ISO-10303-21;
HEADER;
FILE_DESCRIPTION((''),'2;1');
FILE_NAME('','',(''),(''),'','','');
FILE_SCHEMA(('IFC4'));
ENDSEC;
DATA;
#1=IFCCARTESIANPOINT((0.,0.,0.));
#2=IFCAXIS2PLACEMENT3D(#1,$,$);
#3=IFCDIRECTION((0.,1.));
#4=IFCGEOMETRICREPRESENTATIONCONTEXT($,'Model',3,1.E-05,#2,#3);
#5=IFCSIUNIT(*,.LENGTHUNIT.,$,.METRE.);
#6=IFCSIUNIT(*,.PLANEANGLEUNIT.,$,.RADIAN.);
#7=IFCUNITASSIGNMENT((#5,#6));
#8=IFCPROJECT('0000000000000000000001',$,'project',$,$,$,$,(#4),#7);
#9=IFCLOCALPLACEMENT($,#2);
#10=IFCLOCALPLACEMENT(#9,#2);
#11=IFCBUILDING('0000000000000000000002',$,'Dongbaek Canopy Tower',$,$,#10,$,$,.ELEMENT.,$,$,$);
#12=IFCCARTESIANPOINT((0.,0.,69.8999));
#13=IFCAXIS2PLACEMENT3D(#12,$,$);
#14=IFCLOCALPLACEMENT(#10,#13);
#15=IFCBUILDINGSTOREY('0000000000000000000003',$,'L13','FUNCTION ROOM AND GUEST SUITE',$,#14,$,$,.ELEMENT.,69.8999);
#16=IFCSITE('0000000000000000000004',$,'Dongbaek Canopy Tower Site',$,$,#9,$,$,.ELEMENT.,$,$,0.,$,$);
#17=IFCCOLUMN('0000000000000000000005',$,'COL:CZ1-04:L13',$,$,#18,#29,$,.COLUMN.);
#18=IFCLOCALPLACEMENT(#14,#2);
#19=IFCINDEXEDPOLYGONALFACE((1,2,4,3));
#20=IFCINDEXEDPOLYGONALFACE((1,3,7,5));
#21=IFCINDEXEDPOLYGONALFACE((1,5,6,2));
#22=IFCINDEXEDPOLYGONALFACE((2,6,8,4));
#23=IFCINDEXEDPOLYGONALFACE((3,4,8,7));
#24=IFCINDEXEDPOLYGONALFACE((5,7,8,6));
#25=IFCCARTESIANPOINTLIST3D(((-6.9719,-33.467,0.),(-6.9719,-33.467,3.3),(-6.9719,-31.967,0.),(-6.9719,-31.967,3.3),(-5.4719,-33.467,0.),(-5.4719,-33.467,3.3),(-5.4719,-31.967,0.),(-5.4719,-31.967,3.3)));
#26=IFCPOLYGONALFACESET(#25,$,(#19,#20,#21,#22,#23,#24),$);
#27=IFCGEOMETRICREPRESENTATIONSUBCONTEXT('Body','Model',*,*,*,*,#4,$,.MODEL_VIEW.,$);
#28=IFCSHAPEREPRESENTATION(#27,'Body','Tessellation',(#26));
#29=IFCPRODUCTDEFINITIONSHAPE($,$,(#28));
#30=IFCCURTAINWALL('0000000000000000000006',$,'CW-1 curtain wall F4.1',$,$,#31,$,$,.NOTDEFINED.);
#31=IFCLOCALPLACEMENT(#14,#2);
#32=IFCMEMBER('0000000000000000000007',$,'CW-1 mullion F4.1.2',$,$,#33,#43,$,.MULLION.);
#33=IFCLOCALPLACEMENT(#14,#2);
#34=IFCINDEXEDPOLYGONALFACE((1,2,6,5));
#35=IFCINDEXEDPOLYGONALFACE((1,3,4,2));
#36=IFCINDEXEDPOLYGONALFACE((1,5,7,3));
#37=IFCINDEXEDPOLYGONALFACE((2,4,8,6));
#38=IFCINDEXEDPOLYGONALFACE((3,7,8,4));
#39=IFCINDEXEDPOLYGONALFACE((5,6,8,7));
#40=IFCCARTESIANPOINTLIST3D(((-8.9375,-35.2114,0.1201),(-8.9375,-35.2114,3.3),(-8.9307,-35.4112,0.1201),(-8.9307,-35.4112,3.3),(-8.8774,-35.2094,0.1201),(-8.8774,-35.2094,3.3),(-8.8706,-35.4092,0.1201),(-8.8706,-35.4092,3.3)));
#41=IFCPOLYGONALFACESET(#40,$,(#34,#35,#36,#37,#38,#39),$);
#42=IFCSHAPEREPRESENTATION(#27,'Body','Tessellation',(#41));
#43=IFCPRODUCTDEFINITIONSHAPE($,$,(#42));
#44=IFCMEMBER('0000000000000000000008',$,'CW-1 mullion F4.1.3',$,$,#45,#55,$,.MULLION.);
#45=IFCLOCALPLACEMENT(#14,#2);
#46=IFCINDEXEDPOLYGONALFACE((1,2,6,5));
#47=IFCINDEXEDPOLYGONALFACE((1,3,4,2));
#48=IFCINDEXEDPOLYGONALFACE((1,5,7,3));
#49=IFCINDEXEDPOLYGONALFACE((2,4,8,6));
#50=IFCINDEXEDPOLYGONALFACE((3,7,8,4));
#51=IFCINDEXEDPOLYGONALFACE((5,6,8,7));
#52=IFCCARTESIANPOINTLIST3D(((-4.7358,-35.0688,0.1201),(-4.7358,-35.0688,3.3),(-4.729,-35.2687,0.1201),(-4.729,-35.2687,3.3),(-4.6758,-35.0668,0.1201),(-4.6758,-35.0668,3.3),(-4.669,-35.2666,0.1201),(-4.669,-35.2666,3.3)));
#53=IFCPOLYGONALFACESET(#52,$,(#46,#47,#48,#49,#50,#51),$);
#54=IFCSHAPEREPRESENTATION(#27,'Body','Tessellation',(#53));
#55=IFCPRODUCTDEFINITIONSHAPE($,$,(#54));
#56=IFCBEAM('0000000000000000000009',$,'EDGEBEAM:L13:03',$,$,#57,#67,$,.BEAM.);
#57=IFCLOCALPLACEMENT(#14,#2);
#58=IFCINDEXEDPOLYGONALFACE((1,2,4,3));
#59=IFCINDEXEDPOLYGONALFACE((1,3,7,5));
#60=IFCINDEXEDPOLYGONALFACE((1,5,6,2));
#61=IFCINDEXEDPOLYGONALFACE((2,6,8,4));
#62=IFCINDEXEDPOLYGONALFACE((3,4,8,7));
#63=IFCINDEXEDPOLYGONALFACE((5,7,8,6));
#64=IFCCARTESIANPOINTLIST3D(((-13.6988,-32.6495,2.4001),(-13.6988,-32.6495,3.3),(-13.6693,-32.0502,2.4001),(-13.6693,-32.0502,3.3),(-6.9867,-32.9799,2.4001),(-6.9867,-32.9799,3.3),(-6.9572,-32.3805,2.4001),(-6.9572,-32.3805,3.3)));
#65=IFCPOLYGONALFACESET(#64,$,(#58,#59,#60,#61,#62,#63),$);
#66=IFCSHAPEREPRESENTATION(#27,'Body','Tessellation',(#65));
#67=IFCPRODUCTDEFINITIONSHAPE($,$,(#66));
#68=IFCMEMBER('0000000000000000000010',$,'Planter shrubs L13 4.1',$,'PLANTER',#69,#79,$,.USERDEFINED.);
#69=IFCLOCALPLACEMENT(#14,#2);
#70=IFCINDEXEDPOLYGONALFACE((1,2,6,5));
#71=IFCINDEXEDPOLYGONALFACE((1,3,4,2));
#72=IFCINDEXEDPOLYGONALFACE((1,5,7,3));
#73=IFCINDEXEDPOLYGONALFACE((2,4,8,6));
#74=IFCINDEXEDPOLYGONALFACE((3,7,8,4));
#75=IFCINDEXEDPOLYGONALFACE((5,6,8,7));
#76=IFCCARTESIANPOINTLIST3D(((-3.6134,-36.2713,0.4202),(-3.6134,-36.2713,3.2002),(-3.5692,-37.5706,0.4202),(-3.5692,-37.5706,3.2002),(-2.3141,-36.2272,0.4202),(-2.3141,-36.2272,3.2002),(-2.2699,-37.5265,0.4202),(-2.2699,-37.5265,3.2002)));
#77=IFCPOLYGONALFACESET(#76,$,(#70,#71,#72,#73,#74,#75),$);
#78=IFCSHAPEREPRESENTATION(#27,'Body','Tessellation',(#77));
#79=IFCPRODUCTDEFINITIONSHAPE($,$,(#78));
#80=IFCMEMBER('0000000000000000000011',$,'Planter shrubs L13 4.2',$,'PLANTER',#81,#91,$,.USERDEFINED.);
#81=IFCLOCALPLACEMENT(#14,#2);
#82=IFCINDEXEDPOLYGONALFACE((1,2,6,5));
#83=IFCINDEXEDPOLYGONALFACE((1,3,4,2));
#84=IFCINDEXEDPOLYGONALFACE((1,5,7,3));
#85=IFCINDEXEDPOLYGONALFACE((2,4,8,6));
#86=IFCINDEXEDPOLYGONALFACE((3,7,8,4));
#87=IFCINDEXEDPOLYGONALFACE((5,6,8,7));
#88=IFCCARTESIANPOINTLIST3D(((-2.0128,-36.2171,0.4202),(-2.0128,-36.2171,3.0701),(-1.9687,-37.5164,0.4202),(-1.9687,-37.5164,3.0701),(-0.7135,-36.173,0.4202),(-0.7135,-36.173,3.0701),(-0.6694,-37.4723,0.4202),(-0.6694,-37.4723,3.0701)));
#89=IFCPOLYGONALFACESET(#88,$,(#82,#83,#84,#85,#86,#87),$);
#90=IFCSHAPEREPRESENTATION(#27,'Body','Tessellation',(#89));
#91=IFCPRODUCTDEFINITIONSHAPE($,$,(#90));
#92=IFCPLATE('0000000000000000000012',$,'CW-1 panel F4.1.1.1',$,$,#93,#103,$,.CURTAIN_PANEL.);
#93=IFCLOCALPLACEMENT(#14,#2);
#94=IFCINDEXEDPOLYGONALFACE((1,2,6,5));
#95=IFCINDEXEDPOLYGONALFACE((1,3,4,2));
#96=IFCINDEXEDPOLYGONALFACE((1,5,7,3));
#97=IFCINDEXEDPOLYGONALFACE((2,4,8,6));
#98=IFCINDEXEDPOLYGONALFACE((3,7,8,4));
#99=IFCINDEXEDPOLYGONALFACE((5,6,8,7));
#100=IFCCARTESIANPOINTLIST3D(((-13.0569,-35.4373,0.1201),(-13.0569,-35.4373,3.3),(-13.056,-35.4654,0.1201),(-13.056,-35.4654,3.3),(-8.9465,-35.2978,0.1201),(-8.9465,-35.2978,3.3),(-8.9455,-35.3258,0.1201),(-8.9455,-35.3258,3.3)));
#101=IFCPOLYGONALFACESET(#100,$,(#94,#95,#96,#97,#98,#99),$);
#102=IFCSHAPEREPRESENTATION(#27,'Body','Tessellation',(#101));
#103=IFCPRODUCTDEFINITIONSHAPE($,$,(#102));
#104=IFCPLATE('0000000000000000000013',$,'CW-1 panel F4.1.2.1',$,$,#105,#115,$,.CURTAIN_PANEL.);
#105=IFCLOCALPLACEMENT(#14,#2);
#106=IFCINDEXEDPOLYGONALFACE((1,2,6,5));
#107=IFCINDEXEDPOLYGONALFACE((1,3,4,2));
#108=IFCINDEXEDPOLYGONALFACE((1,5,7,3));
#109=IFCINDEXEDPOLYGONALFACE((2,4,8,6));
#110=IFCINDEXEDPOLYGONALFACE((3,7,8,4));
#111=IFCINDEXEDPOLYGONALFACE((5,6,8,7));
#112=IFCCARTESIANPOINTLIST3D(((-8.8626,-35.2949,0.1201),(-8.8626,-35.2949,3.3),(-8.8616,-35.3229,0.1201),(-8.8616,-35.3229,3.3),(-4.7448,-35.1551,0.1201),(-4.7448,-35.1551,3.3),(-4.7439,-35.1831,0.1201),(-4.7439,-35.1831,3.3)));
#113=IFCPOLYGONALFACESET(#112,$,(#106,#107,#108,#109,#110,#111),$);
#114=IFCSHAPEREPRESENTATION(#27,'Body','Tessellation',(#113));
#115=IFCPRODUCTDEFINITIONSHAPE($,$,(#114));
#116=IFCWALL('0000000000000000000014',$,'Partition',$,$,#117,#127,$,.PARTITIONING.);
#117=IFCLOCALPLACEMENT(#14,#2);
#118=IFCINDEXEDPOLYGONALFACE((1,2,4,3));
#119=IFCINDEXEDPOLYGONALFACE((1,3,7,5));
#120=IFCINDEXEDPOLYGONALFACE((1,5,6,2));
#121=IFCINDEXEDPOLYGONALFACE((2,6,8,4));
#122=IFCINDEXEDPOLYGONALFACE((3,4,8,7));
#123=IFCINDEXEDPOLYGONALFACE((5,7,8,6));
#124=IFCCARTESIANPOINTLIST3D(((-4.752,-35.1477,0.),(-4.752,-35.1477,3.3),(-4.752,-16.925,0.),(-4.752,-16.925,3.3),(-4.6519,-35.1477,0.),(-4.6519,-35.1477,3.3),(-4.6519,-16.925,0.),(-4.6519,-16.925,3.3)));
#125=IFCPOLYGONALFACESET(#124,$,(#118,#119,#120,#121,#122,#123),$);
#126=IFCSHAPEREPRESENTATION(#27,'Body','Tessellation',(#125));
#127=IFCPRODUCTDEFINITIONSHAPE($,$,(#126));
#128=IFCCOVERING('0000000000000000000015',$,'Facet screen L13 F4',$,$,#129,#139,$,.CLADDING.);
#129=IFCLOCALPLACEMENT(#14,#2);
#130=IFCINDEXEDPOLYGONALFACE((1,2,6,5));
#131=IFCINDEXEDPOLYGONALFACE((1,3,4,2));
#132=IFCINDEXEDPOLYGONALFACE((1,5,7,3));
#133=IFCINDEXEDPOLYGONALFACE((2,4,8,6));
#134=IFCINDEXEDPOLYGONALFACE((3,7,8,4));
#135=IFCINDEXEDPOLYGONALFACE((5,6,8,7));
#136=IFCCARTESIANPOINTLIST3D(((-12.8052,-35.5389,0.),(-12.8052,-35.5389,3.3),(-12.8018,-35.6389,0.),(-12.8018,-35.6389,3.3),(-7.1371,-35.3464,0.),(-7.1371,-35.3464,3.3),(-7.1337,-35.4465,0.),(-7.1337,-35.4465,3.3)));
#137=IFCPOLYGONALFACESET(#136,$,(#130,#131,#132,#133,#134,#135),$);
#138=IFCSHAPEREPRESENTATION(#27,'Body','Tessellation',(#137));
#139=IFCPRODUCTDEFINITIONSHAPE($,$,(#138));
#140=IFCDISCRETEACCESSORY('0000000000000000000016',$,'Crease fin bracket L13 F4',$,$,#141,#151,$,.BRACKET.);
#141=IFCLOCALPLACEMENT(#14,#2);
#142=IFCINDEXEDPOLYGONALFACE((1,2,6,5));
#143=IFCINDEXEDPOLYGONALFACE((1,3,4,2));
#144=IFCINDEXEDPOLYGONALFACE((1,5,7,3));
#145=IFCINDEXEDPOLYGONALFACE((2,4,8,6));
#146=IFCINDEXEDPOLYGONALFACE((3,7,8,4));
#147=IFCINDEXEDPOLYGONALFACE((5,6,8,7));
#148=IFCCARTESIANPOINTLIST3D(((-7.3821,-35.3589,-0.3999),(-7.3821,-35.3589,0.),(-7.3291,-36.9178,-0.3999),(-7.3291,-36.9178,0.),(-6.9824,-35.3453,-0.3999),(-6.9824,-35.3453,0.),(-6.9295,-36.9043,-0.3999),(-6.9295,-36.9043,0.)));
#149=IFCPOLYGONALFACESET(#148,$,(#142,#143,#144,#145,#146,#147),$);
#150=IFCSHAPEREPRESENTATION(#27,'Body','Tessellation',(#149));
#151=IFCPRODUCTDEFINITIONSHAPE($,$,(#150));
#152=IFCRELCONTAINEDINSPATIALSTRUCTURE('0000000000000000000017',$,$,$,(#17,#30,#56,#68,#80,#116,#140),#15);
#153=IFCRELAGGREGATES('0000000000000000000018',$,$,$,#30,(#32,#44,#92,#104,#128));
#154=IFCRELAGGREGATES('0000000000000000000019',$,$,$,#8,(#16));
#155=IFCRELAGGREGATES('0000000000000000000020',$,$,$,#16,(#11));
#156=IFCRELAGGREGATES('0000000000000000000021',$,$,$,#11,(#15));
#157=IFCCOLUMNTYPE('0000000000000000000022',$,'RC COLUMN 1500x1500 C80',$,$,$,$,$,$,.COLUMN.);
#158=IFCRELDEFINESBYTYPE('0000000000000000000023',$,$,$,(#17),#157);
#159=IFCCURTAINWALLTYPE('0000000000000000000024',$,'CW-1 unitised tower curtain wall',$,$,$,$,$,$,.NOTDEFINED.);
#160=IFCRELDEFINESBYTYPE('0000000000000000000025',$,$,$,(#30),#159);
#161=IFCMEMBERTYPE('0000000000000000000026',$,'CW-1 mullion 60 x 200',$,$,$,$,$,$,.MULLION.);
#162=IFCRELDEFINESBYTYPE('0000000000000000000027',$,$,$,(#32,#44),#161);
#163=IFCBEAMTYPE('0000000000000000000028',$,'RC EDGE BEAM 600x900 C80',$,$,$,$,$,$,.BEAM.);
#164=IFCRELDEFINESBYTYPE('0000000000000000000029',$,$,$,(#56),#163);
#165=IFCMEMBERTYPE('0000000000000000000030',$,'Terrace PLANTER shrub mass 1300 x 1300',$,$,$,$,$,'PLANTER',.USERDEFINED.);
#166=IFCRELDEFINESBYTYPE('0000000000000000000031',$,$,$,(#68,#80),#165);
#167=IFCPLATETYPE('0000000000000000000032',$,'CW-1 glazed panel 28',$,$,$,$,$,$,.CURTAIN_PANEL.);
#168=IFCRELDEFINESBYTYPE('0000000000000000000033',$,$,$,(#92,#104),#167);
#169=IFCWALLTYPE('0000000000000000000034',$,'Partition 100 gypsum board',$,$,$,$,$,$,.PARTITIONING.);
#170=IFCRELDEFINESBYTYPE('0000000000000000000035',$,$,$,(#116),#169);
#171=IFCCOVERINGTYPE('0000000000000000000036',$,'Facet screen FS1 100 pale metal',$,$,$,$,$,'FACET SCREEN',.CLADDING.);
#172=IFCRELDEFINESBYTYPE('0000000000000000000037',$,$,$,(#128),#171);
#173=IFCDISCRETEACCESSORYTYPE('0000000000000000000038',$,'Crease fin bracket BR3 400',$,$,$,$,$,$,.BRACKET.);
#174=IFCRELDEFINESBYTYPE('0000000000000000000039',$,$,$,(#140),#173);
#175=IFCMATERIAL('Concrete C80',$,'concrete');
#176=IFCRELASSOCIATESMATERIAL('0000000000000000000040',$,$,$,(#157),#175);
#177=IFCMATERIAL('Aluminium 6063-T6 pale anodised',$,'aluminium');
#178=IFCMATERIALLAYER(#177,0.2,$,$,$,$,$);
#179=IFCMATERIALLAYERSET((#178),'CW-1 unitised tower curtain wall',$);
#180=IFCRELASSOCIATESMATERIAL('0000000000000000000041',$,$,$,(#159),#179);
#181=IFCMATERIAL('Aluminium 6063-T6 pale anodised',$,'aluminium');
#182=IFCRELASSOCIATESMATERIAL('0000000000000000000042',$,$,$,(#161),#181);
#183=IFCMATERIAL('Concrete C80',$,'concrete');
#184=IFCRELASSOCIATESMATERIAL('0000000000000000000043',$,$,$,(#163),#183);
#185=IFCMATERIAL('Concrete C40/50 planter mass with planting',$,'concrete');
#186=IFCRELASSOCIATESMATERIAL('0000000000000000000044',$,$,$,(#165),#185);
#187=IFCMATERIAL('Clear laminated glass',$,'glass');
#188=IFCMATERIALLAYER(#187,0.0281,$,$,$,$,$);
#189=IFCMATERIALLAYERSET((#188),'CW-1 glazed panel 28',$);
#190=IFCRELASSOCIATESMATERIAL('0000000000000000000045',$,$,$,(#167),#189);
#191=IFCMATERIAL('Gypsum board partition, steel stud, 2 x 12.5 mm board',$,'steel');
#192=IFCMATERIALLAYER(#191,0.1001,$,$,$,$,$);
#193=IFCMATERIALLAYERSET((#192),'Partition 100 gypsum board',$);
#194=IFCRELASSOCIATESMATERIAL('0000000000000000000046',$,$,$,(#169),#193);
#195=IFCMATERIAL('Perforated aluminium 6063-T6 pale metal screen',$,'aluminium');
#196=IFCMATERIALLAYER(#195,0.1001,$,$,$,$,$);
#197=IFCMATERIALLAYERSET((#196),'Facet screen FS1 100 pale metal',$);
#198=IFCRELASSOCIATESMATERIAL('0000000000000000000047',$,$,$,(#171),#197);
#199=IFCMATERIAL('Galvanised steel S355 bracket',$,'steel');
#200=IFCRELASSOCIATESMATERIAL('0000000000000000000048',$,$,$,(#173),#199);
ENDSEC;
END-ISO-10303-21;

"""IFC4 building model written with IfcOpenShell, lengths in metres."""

from ifc_helpers import new_model, si_unit, direction, frame, frame_2d, origin, origin_2d, place, context, subcontext, project, spatial, rectangle, extrude, material, layer, layer_set, material_profile, profile_set, type_object, element, aggregate, save


model = new_model("IFC4")

# Units and contexts
model_context = context("Model", 3, precision=1e-05, world=origin(), true_north=direction((0.0, 1.0)))
body_context = subcontext(model_context, "Body", "Model", "MODEL_VIEW")
ifc_project = project(units=[si_unit("LENGTHUNIT", "METRE"), si_unit("PLANEANGLEUNIT", "RADIAN")], contexts=[model_context])

# Site, building, storey
site_placement = place(None, origin())
site = spatial("IfcSite", under=ifc_project, at=site_placement, Name="Dongbaek Canopy Tower Site", CompositionType="ELEMENT", RefElevation=0.0)
building_placement = place(site_placement, origin())
building = spatial("IfcBuilding", under=site, at=building_placement, Name="Dongbaek Canopy Tower", CompositionType="ELEMENT")
storey_placement = place(building_placement, frame((0.0, 0.0, 69.8999)))
storey = spatial("IfcBuildingStorey", under=building, at=storey_placement, Name="L13", Description="FUNCTION ROOM AND GUEST SUITE", CompositionType="ELEMENT", Elevation=69.8999)

# Column
ifc_material_1 = material(Name="Concrete C80", Category="concrete")
ifc_material_profile_1 = material_profile(ifc_material_1, rectangle(XDim=1.5, YDim=1.5, at=origin_2d()), Name="RC COLUMN 1500x1500 C80")
ifc_profile_set_1 = profile_set([ifc_material_profile_1], Name="Concrete C80")
column_type = type_object("IfcColumnType", Name="RC COLUMN 1500x1500 C80", PredefinedType="COLUMN", material=ifc_profile_set_1)
column_placement = place(storey_placement, frame((-6.2219, -32.717, 0.0), z_axis=(0.0, 0.0, 1.0), x_axis=(1.0, 0.0, 0.0)))
element("IfcColumn", 1, at=column_placement, inside=storey, type_object=column_type, Name="COL:CZ1-04:L13", PredefinedType="COLUMN", context=body_context, shape_type="SweptSolid", body=[
    extrude(rectangle(XDim=1.5, YDim=1.5, at=origin_2d()), origin(), (0.0, 0.0, 1.0), 3.3),
])

# Curtain wall, members
ifc_material_2 = material(Name="Aluminium 6063-T6 pale anodised", Category="aluminium")
ifc_layer_1 = layer(ifc_material_2, 0.2)
ifc_layer_set_1 = layer_set([ifc_layer_1], Name="CW-1 unitised tower curtain wall")
curtain_wall_type = type_object("IfcCurtainWallType", Name="CW-1 unitised tower curtain wall", PredefinedType="NOTDEFINED", material=ifc_layer_set_1)
curtain_wall_placement = place(storey_placement, origin())
curtain_wall = element("IfcCurtainWall", 2, at=curtain_wall_placement, inside=storey, type_object=curtain_wall_type, Name="CW-1 curtain wall F4.1", PredefinedType="NOTDEFINED")
ifc_material_3 = material(Name="Aluminium 6063-T6 pale anodised", Category="aluminium")
ifc_material_profile_2 = material_profile(ifc_material_3, rectangle(XDim=0.2, YDim=0.0601, at=origin_2d()), Name="CW-1 mullion 60 x 200")
ifc_profile_set_2 = profile_set([ifc_material_profile_2], Name="Aluminium 6063-T6 pale anodised")
member_type_1 = type_object("IfcMemberType", Name="CW-1 mullion 60 x 200", PredefinedType="MULLION", material=ifc_profile_set_2)
member_1_placement = place(storey_placement, frame((-8.9041, -35.3103, 0.1201), z_axis=(0.0, 0.0, 1.0), x_axis=(0.033933, -0.999424, 0.0)))
member_1 = element("IfcMember", 3, at=member_1_placement, type_object=member_type_1, Name="CW-1 mullion F4.1.2", PredefinedType="MULLION", context=body_context, shape_type="SweptSolid", body=[
    extrude(rectangle(XDim=0.2, YDim=0.0601, at=origin_2d()), origin(), (0.0, 0.0, 1.0), 3.1799),
])
member_2_placement = place(storey_placement, frame((-4.7024, -35.1677, 0.1201), z_axis=(0.0, 0.0, 1.0), x_axis=(0.033933, -0.999424, 0.0)))
member_2 = element("IfcMember", 4, at=member_2_placement, type_object=member_type_1, Name="CW-1 mullion F4.1.3", PredefinedType="MULLION", context=body_context, shape_type="SweptSolid", body=[
    extrude(rectangle(XDim=0.2, YDim=0.0601, at=origin_2d()), origin(), (0.0, 0.0, 1.0), 3.1799),
])

# Beam
ifc_material_4 = material(Name="Concrete C80", Category="concrete")
ifc_material_profile_3 = material_profile(ifc_material_4, rectangle(XDim=0.6001, YDim=0.8999, at=origin_2d()), Name="RC EDGE BEAM 600x900 C80")
ifc_profile_set_3 = profile_set([ifc_material_profile_3], Name="Concrete C80")
beam_type = type_object("IfcBeamType", Name="RC EDGE BEAM 600x900 C80", PredefinedType="BEAM", material=ifc_profile_set_3)
beam_placement = place(storey_placement, frame((-6.9719, -32.6802, 2.8501), z_axis=(-0.998791, 0.049153, 0.0), x_axis=(-0.049153, -0.998791, 0.0)))
element("IfcBeam", 5, at=beam_placement, inside=storey, type_object=beam_type, Name="EDGEBEAM:L13:03", PredefinedType="BEAM", context=body_context, shape_type="SweptSolid", body=[
    extrude(rectangle(XDim=0.6001, YDim=0.8999, at=origin_2d()), origin(), (0.0, 0.0, 1.0), 6.7202),
])

# Members
ifc_material_5 = material(Name="Concrete C40/50 planter mass with planting", Category="concrete")
ifc_material_profile_4 = material_profile(ifc_material_5, rectangle(XDim=1.3, YDim=1.3, at=origin_2d()), Name="Terrace PLANTER shrub mass 1300 x 1300")
ifc_profile_set_4 = profile_set([ifc_material_profile_4], Name="Concrete C40/50 planter mass with planting")
member_type_2 = type_object("IfcMemberType", Name="Terrace PLANTER shrub mass 1300 x 1300", ElementType="PLANTER", PredefinedType="USERDEFINED", material=ifc_profile_set_4)
member_3_placement = place(storey_placement, frame((-2.9417, -36.8989, 0.4202), z_axis=(0.0, 0.0, 1.0), x_axis=(0.033933, -0.999424, 0.0)))
element("IfcMember", 6, at=member_3_placement, inside=storey, type_object=member_type_2, Name="Planter shrubs L13 4.1", ObjectType="PLANTER", PredefinedType="USERDEFINED", context=body_context, shape_type="SweptSolid", body=[
    extrude(rectangle(XDim=1.3, YDim=1.3, at=origin_2d()), origin(), (0.0, 0.0, 1.0), 2.78),
])
member_4_placement = place(storey_placement, frame((-1.3411, -36.8447, 0.4202), z_axis=(0.0, 0.0, 1.0), x_axis=(0.033933, -0.999424, 0.0)))
element("IfcMember", 7, at=member_4_placement, inside=storey, type_object=member_type_2, Name="Planter shrubs L13 4.2", ObjectType="PLANTER", PredefinedType="USERDEFINED", context=body_context, shape_type="SweptSolid", body=[
    extrude(rectangle(XDim=1.3, YDim=1.3, at=origin_2d()), origin(), (0.0, 0.0, 1.0), 2.6499),
])

# Plates
ifc_material_6 = material(Name="Clear laminated glass", Category="glass")
ifc_layer_2 = layer(ifc_material_6, 0.0281)
ifc_layer_set_2 = layer_set([ifc_layer_2], Name="CW-1 glazed panel 28")
plate_type = type_object("IfcPlateType", Name="CW-1 glazed panel 28", PredefinedType="CURTAIN_PANEL", material=ifc_layer_set_2)
plate_1_placement = place(storey_placement, frame((-11.0012, -35.3816, 0.1201), z_axis=(0.0, 0.0, 1.0), x_axis=(0.999424, 0.033933, 0.0)))
plate_1 = element("IfcPlate", 8, at=plate_1_placement, type_object=plate_type, Name="CW-1 panel F4.1.1.1", PredefinedType="CURTAIN_PANEL", context=body_context, shape_type="SweptSolid", body=[
    extrude(rectangle(XDim=4.1128, YDim=0.0281, at=origin_2d()), origin(), (0.0, 0.0, 1.0), 3.1799),
])
plate_2_placement = place(storey_placement, frame((-6.8032, -35.239, 0.1201), z_axis=(0.0, 0.0, 1.0), x_axis=(0.999424, 0.033933, 0.0)))
plate_2 = element("IfcPlate", 9, at=plate_2_placement, type_object=plate_type, Name="CW-1 panel F4.1.2.1", PredefinedType="CURTAIN_PANEL", context=body_context, shape_type="SweptSolid", body=[
    extrude(rectangle(XDim=4.1201, YDim=0.0281, at=origin_2d()), origin(), (0.0, 0.0, 1.0), 3.1799),
])

# Wall
ifc_material_7 = material(Name="Gypsum board partition, steel stud, 2 x 12.5 mm board", Category="steel")
ifc_layer_3 = layer(ifc_material_7, 0.1001)
ifc_layer_set_3 = layer_set([ifc_layer_3], Name="Partition 100 gypsum board")
wall_type_1 = type_object("IfcWallType", Name="Partition 100 gypsum board", PredefinedType="PARTITIONING", material=ifc_layer_set_3)
wall_1_placement = place(storey_placement, frame((-4.7019, -35.1477, 0.0), z_axis=(0.0, 0.0, 1.0), x_axis=(0.0, 1.0, 0.0)))
element("IfcWall", 10, at=wall_1_placement, inside=storey, type_object=wall_type_1, Name="Partition", PredefinedType="PARTITIONING", context=body_context, shape_type="SweptSolid", body=[
    extrude(rectangle(XDim=18.2227, YDim=0.1001, at=frame_2d((9.1113, 0.0))), origin(), (0.0, 0.0, 1.0), 3.3),
])

# Covering
ifc_material_8 = material(Name="Perforated aluminium 6063-T6 pale metal screen", Category="aluminium")
ifc_layer_4 = layer(ifc_material_8, 0.1001)
ifc_layer_set_4 = layer_set([ifc_layer_4], Name="Facet screen FS1 100 pale metal")
covering_type = type_object("IfcCoveringType", Name="Facet screen FS1 100 pale metal", ElementType="FACET SCREEN", PredefinedType="CLADDING", material=ifc_layer_set_4)
covering_placement = place(storey_placement, frame((-9.9695, -35.4927, 0.0), z_axis=(0.0, 0.0, 1.0), x_axis=(0.999424, 0.033933, 0.0)))
covering = element("IfcCovering", 11, at=covering_placement, type_object=covering_type, Name="Facet screen L13 F4", PredefinedType="CLADDING", context=body_context, shape_type="SweptSolid", body=[
    extrude(rectangle(XDim=5.6714, YDim=0.1001, at=origin_2d()), origin(), (0.0, 0.0, 1.0), 3.3),
])
aggregate(curtain_wall, [member_1, member_2, plate_1, plate_2, covering])

# Discrete accessory
ifc_material_9 = material(Name="Galvanised steel S355 bracket", Category="steel")
discrete_accessory_type = type_object("IfcDiscreteAccessoryType", Name="Crease fin bracket BR3 400", PredefinedType="BRACKET", material=ifc_material_9)
discrete_accessory_placement = place(storey_placement, frame((-7.1558, -36.1316, -0.3999), z_axis=(0.0, 0.0, 1.0), x_axis=(0.033933, -0.999424, 0.0)))
element("IfcDiscreteAccessory", 12, at=discrete_accessory_placement, inside=storey, type_object=discrete_accessory_type, Name="Crease fin bracket L13 F4", PredefinedType="BRACKET", context=body_context, shape_type="SweptSolid", body=[
    extrude(rectangle(XDim=1.5598, YDim=0.3999, at=origin_2d()), origin(), (0.0, 0.0, 1.0), 0.3999),
])

save(model, "model.ifc")
